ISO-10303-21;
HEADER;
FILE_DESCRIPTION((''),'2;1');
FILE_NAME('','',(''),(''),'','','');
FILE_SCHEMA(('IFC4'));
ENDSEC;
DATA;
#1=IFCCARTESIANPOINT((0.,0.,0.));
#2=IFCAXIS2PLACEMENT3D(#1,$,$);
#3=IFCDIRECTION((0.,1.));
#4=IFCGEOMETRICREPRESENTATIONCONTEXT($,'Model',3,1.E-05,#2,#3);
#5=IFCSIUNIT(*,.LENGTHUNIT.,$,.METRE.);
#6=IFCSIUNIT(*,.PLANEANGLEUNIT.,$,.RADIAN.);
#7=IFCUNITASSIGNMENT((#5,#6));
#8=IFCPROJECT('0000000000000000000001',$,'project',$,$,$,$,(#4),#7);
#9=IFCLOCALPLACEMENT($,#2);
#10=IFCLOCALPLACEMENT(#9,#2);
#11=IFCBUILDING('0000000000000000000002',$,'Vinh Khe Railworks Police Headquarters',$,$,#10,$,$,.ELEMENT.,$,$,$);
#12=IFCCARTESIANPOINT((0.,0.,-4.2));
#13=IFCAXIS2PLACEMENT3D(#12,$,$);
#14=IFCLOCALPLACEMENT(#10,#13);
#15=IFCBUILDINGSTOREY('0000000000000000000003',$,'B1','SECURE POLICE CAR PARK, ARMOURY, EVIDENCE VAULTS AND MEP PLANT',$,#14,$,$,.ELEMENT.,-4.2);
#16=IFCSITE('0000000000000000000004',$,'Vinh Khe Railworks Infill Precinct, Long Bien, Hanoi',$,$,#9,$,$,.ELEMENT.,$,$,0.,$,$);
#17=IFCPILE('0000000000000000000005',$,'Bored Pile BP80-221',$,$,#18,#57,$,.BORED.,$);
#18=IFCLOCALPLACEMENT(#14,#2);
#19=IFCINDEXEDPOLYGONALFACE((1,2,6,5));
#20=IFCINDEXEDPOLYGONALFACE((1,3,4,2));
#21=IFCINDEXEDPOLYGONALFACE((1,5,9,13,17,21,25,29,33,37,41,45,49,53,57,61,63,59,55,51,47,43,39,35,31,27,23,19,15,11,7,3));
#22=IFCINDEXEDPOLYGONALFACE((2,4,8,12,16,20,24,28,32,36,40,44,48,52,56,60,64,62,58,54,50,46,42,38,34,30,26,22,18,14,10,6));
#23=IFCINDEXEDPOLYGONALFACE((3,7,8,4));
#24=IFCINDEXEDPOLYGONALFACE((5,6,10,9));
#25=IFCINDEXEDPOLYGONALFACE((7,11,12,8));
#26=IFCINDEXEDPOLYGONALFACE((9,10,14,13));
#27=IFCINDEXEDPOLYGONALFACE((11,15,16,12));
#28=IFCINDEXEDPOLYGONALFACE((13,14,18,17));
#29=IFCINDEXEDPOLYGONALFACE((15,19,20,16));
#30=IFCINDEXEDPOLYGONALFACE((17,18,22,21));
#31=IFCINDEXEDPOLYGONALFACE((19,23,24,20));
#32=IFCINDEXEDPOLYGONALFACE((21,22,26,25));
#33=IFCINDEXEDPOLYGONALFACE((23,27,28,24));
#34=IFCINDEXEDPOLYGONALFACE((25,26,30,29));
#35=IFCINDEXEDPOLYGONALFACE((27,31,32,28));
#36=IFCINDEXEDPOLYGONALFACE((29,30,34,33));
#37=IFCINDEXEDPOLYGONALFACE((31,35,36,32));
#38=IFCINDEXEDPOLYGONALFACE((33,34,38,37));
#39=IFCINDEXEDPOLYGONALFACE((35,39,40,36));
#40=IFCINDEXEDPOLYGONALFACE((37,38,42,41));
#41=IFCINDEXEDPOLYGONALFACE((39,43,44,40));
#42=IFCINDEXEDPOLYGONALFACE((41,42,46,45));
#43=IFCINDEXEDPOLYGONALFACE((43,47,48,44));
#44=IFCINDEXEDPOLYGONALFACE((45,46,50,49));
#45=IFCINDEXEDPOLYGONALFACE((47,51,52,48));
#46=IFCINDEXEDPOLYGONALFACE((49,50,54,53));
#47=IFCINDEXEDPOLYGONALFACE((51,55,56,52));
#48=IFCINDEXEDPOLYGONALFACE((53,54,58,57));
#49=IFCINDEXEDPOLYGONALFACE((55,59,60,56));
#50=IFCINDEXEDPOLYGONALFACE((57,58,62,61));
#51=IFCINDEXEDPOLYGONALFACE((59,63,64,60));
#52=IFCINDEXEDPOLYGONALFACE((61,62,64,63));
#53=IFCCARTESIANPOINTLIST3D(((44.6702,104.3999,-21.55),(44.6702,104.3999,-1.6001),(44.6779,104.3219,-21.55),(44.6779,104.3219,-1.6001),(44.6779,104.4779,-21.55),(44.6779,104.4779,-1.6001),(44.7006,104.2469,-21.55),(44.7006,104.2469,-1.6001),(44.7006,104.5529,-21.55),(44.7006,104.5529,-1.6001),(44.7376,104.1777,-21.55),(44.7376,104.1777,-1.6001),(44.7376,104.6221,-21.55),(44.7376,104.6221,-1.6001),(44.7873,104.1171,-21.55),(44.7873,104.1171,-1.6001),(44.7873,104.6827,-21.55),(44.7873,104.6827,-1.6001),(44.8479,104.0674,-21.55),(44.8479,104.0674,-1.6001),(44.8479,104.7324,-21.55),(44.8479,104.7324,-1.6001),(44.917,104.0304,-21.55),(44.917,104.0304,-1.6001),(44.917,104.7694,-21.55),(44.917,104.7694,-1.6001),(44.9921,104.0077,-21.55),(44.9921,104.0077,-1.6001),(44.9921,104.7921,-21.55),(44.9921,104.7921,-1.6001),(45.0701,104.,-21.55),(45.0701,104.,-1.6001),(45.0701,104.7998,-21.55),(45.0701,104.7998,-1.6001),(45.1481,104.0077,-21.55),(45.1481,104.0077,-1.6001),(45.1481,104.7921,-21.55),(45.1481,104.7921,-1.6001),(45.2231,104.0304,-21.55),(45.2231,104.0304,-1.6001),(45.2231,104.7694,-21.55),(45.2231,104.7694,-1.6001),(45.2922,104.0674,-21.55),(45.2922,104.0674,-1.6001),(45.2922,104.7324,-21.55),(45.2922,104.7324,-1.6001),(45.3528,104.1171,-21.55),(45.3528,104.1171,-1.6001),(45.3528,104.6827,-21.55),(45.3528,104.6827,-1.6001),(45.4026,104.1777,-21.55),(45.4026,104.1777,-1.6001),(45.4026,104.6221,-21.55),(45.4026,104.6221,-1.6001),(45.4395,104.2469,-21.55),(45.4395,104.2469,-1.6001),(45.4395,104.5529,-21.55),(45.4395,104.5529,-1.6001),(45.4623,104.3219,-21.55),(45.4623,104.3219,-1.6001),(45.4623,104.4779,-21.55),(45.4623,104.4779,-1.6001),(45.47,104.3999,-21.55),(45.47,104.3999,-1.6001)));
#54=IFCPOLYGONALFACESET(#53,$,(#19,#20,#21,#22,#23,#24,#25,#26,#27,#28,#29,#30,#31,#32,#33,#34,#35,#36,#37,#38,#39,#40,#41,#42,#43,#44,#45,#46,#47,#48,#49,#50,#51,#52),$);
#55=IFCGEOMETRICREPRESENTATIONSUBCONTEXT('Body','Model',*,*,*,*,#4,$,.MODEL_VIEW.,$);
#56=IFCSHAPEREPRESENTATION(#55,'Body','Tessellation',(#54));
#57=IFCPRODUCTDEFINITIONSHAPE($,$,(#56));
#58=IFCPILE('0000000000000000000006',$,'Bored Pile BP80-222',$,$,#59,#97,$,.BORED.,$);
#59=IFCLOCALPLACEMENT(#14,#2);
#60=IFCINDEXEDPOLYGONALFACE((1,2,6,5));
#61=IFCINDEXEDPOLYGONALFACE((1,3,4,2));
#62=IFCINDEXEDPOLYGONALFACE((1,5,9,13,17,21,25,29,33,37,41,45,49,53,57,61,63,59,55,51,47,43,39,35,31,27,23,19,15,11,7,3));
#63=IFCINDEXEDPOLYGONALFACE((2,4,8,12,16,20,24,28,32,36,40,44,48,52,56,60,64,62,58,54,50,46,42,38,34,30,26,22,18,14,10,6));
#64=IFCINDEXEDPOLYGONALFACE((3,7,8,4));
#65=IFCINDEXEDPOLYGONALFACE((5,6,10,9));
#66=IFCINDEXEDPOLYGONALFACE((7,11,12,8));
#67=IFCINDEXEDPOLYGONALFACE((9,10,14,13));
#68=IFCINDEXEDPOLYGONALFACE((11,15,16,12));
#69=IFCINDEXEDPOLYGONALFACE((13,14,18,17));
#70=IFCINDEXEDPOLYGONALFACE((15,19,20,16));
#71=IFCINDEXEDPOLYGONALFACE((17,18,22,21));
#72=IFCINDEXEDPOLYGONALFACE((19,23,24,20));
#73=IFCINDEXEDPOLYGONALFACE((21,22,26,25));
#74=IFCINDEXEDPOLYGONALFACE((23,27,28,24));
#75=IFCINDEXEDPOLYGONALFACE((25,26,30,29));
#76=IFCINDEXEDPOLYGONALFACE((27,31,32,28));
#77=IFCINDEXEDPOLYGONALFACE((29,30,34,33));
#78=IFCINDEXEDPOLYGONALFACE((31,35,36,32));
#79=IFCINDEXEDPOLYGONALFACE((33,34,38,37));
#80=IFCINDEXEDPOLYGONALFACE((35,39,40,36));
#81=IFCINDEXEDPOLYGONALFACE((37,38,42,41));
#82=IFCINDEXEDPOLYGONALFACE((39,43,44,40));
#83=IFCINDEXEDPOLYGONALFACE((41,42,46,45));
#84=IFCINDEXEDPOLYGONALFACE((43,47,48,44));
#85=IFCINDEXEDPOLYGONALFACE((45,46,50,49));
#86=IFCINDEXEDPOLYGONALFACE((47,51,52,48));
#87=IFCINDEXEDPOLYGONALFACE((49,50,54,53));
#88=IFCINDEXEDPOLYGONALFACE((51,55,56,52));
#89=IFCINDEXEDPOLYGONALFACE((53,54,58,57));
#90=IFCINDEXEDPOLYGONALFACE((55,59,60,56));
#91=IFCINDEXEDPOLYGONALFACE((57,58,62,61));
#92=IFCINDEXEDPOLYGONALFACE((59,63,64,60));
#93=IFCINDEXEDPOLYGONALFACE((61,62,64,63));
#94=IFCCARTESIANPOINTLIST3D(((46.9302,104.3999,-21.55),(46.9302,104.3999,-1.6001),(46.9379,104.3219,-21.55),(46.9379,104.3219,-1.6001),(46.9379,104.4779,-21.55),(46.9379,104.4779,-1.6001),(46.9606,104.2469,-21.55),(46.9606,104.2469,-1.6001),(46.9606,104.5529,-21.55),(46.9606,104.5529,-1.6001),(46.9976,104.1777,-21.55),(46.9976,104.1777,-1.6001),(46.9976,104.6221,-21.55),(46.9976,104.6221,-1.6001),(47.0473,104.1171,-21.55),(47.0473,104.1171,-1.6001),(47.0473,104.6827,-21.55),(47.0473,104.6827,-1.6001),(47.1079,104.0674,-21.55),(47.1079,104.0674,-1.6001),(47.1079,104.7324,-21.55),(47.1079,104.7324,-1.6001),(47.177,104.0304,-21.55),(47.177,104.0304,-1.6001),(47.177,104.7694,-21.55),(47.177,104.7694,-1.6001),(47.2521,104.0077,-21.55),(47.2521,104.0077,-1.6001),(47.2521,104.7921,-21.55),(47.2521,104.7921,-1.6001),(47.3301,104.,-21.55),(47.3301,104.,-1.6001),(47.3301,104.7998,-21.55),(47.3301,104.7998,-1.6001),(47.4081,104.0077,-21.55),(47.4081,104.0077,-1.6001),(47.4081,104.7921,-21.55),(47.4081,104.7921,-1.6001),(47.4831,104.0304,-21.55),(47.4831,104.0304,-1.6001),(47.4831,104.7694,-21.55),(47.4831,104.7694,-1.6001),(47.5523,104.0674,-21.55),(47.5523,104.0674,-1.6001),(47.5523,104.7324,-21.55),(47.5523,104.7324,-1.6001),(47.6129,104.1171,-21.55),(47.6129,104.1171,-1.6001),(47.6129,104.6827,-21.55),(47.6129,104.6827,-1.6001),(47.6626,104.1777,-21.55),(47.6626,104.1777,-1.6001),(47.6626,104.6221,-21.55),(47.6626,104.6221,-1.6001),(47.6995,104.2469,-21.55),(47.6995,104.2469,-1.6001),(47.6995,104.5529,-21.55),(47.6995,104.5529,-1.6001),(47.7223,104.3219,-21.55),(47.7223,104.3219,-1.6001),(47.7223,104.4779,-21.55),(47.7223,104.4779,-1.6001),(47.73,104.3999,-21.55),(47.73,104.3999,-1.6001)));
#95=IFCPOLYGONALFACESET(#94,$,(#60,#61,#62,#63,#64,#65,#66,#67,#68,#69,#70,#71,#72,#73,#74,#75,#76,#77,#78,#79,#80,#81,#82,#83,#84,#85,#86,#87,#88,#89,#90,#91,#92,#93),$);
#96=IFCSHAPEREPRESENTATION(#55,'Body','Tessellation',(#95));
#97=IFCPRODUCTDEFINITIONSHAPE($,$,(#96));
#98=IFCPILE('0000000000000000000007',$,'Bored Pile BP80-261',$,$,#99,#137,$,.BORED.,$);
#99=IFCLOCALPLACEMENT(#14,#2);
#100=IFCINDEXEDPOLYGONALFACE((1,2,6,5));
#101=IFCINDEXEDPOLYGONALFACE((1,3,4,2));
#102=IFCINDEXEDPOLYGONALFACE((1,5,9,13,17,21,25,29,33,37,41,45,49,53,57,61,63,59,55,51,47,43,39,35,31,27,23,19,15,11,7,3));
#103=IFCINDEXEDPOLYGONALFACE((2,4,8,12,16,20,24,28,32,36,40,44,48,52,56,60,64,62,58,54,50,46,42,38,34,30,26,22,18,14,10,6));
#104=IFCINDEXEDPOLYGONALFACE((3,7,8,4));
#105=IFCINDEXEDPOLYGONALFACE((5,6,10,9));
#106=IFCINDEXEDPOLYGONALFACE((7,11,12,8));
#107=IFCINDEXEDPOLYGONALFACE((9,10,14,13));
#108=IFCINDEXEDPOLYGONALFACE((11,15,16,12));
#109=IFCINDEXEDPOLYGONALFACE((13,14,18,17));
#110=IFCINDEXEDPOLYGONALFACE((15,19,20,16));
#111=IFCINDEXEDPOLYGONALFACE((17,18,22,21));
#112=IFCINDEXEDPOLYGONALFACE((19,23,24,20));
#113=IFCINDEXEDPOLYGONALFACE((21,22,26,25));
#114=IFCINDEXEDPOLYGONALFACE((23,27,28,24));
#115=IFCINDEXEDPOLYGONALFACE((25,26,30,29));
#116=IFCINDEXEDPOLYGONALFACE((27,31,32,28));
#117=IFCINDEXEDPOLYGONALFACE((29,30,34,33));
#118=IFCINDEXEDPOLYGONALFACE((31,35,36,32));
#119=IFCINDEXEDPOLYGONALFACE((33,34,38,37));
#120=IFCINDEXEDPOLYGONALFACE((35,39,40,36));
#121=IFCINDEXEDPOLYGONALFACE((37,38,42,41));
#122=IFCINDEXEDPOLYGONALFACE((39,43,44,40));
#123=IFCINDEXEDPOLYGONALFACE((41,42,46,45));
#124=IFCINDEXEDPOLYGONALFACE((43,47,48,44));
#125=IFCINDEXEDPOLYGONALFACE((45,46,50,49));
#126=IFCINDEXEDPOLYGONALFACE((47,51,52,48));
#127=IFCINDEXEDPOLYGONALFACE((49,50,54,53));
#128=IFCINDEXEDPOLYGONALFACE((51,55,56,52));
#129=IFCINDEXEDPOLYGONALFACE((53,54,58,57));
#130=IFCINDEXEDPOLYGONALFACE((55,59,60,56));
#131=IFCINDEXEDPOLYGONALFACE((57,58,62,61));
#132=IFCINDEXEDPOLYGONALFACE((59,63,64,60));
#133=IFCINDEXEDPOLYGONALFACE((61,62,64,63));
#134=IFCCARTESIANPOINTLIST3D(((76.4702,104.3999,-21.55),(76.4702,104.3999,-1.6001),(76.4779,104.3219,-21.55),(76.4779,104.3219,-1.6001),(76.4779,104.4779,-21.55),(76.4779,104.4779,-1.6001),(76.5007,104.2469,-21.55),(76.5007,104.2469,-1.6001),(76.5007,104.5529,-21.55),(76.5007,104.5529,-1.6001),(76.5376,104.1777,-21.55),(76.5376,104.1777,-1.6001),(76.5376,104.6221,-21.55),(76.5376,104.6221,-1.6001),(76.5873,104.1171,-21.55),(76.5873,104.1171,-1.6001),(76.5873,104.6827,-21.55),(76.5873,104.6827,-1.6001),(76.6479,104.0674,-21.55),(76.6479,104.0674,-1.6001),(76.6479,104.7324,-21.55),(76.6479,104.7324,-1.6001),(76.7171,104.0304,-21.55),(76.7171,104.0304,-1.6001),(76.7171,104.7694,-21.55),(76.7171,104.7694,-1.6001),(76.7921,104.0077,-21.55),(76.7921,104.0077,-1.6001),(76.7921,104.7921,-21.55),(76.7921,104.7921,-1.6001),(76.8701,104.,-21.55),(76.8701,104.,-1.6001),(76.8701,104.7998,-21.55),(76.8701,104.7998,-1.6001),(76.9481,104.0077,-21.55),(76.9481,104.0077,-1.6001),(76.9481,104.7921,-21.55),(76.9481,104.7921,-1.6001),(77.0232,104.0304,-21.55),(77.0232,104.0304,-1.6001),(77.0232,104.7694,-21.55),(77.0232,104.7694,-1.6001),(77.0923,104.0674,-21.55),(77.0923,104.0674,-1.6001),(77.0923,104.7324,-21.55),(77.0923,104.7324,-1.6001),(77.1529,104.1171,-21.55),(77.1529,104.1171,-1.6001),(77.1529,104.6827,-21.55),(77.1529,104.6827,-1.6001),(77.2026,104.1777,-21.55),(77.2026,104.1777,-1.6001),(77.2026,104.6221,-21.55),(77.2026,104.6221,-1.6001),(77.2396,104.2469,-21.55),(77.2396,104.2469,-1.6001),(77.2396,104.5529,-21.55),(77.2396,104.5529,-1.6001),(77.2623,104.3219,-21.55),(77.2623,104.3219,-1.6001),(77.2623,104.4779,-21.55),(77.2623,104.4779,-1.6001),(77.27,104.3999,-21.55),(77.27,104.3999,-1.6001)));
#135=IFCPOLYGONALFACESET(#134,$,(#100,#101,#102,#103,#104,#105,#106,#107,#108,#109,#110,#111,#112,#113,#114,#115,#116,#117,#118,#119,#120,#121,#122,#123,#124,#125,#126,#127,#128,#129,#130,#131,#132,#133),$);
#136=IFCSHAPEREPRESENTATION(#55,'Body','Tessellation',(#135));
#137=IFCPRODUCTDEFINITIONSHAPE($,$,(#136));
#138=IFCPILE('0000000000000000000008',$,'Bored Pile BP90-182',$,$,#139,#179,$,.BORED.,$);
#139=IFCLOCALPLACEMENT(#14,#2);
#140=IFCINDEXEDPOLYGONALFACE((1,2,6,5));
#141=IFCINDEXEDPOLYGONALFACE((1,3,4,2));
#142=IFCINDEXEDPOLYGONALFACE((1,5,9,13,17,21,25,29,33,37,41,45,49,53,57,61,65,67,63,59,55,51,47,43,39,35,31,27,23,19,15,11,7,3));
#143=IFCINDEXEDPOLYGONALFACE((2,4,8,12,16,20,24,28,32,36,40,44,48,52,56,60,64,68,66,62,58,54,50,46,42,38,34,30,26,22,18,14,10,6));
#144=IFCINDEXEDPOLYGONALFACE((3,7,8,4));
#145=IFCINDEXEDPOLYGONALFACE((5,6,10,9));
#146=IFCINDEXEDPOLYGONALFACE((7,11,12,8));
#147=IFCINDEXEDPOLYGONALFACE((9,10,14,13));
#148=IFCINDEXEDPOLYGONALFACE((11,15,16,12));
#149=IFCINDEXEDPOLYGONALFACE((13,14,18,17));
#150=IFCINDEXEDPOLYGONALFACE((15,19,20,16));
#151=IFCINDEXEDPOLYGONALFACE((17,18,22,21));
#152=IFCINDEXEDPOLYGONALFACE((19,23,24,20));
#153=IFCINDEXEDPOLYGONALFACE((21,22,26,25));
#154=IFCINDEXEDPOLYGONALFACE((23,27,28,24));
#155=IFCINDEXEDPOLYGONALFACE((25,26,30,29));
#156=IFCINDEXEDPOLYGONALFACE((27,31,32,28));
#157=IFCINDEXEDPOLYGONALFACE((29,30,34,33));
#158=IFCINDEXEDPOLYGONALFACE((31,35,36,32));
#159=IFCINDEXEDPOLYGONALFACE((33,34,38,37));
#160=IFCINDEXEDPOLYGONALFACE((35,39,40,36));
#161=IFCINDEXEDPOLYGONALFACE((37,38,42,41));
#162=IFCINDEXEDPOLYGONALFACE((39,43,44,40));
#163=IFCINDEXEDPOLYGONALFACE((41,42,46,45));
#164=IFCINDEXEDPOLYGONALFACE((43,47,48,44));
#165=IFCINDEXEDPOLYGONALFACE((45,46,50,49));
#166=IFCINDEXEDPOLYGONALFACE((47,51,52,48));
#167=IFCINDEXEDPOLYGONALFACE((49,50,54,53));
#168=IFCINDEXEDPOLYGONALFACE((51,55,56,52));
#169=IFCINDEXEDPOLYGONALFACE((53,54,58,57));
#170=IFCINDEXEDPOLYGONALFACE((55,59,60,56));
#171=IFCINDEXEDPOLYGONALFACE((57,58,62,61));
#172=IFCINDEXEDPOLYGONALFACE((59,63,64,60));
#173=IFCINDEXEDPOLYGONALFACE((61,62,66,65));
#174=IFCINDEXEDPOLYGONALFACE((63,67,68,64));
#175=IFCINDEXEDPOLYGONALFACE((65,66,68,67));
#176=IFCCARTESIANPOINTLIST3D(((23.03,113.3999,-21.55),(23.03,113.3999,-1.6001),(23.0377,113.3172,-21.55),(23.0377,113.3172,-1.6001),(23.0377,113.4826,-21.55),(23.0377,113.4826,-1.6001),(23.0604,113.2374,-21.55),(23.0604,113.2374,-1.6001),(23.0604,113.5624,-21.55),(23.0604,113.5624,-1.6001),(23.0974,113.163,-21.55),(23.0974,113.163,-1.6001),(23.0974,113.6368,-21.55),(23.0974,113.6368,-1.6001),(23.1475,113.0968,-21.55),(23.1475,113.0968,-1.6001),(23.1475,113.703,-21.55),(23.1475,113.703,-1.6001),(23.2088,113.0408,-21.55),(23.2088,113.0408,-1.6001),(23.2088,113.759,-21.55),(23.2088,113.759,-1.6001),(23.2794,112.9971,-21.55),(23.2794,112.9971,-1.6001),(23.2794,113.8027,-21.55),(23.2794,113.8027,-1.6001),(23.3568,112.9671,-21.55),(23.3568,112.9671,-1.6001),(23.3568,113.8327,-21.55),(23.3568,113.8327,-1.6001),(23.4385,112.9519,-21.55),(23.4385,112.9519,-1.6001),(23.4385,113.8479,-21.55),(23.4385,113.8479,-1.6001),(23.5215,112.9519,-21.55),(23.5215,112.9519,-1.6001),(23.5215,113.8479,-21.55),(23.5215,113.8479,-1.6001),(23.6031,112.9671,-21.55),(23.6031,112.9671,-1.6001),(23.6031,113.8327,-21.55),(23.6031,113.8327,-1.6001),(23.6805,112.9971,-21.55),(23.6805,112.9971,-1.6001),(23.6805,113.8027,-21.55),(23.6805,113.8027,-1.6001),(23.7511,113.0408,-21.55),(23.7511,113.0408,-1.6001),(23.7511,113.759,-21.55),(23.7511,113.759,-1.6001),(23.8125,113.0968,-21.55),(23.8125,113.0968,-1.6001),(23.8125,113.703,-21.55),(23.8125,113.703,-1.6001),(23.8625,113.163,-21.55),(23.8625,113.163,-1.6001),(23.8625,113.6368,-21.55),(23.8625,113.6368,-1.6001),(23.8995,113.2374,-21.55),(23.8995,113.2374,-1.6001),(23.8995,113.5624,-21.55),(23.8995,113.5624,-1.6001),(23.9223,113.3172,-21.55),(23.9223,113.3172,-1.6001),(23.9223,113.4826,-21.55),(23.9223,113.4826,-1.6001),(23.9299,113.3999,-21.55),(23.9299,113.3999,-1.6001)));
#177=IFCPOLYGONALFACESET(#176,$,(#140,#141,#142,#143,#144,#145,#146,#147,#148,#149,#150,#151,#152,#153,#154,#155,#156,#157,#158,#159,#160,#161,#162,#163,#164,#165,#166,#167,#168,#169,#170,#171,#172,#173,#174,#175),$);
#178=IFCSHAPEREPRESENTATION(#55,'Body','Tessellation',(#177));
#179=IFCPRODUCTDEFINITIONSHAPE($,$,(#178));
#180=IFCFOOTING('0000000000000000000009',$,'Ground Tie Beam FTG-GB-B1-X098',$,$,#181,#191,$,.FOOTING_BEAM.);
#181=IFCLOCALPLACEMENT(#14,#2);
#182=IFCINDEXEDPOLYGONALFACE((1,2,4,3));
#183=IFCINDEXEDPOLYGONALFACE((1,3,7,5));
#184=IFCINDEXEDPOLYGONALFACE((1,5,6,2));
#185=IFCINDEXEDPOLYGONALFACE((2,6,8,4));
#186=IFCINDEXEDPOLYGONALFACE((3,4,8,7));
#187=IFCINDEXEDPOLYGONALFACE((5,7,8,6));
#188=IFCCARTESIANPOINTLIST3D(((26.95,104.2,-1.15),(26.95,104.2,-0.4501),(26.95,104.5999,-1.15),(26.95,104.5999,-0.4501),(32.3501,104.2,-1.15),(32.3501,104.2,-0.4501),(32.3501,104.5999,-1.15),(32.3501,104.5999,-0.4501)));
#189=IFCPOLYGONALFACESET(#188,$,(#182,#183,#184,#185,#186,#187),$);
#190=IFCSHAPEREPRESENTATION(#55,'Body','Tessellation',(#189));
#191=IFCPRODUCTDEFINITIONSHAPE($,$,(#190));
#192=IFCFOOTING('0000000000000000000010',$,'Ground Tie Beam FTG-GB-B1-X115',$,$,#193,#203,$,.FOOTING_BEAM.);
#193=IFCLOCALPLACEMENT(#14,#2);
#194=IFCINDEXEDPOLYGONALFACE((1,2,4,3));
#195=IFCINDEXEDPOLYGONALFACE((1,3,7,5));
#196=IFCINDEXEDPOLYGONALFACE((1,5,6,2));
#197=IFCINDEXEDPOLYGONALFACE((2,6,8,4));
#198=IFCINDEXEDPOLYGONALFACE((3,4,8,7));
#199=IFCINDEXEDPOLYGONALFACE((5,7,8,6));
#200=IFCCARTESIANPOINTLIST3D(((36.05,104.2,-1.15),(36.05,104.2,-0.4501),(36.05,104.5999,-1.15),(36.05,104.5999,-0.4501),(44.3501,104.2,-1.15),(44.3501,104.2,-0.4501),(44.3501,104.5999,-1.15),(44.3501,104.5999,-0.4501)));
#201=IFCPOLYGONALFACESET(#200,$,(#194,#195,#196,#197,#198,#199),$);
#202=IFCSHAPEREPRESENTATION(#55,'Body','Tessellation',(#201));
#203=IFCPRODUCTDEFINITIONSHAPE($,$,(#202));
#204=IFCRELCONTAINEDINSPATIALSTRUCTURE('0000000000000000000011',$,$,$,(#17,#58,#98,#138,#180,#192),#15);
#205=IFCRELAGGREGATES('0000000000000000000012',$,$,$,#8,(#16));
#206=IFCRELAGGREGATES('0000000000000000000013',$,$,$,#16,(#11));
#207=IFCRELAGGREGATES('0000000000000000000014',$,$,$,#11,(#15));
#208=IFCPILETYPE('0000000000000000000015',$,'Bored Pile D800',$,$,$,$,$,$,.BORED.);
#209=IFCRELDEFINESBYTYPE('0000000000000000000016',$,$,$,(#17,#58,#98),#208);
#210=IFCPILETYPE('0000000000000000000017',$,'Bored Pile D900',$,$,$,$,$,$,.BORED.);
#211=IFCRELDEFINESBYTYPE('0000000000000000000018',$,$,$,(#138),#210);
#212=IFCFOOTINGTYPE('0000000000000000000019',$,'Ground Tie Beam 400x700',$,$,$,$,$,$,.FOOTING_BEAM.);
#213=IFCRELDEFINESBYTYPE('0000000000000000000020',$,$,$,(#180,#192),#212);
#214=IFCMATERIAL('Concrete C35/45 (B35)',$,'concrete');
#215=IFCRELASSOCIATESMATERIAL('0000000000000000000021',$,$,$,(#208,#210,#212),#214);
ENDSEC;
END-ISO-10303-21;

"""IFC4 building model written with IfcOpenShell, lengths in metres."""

from ifc_helpers import new_model, si_unit, direction, frame, origin, origin_2d, place, context, subcontext, project, spatial, rectangle, circle, extrude, material, material_profile, profile_set, type_object, element, save


model = new_model("IFC4")

# Units and contexts
model_context = context("Model", 3, precision=1e-05, world=origin(), true_north=direction((0.0, 1.0)))
body_context = subcontext(model_context, "Body", "Model", "MODEL_VIEW")
ifc_project = project(units=[si_unit("LENGTHUNIT", "METRE"), si_unit("PLANEANGLEUNIT", "RADIAN")], contexts=[model_context])

# Site, building, storey
site_placement = place(None, origin())
site = spatial("IfcSite", under=ifc_project, at=site_placement, Name="Vinh Khe Railworks Infill Precinct, Long Bien, Hanoi", CompositionType="ELEMENT", RefElevation=0.0)
building_placement = place(site_placement, origin())
building = spatial("IfcBuilding", under=site, at=building_placement, Name="Vinh Khe Railworks Police Headquarters", CompositionType="ELEMENT")
storey_placement = place(building_placement, frame((0.0, 0.0, -4.2)))
storey = spatial("IfcBuildingStorey", under=building, at=storey_placement, Name="B1", Description="SECURE POLICE CAR PARK, ARMOURY, EVIDENCE VAULTS AND MEP PLANT", CompositionType="ELEMENT", Elevation=-4.2)

# Piles
ifc_material_1 = material(Name="Concrete C35/45 (B35)", Category="concrete")
ifc_material_profile_1 = material_profile(ifc_material_1, circle(Radius=0.3999, at=origin_2d()), Name="BORED PILE D800")
ifc_profile_set_1 = profile_set([ifc_material_profile_1], Name="Concrete C35/45 (B35)")
pile_type_1 = type_object("IfcPileType", Name="Bored Pile D800", PredefinedType="BORED", material=ifc_profile_set_1)
for number, where, z_axis, x_axis, name in (
    (1, (45.0701, 104.3999, -1.6001), (0.0, 0.0, -1.0), (1.0, 0.0, 0.0), "Bored Pile BP80-221"),
    (2, (47.3301, 104.3999, -1.6001), (0.0, 0.0, -1.0), (1.0, 0.0, 0.0), "Bored Pile BP80-222"),
    (3, (76.8701, 104.3999, -1.6001), (0.0, 0.0, -1.0), (1.0, 0.0, 0.0), "Bored Pile BP80-261"),
):
    element("IfcPile", number, at=place(storey_placement, frame(where, z_axis=z_axis, x_axis=x_axis)), inside=storey, type_object=pile_type_1, Name=name, PredefinedType="BORED", context=body_context, shape_type="SweptSolid", body=[
        extrude(circle(Radius=0.3999, at=origin_2d()), origin(), (0.0, 0.0, 1.0), 19.95),
    ])
ifc_material_profile_2 = material_profile(ifc_material_1, circle(Radius=0.45, at=origin_2d()), Name="BORED PILE D900")
ifc_profile_set_2 = profile_set([ifc_material_profile_2], Name="Concrete C35/45 (B35)")
pile_type_2 = type_object("IfcPileType", Name="Bored Pile D900", PredefinedType="BORED", material=ifc_profile_set_2)
pile_placement = place(storey_placement, frame((23.48, 113.3999, -1.6001), z_axis=(0.0, 0.0, -1.0), x_axis=(1.0, 0.0, 0.0)))
element("IfcPile", 4, at=pile_placement, inside=storey, type_object=pile_type_2, Name="Bored Pile BP90-182", PredefinedType="BORED", context=body_context, shape_type="SweptSolid", body=[
    extrude(circle(Radius=0.45, at=origin_2d()), origin(), (0.0, 0.0, 1.0), 19.95),
])

# Footings
ifc_material_profile_3 = material_profile(ifc_material_1, rectangle(XDim=0.3999, YDim=0.7, at=origin_2d()), Name="RC 400x700")
ifc_profile_set_3 = profile_set([ifc_material_profile_3], Name="Concrete C35/45 (B35)")
footing_type_1 = type_object("IfcFootingType", Name="Ground Tie Beam 400x700", PredefinedType="FOOTING_BEAM", material=ifc_profile_set_3)
footing_1_placement = place(storey_placement, frame((26.95, 104.3999, -0.8), z_axis=(1.0, 0.0, 0.0), x_axis=(0.0, 1.0, 0.0)))
element("IfcFooting", 5, at=footing_1_placement, inside=storey, type_object=footing_type_1, Name="Ground Tie Beam FTG-GB-B1-X098", PredefinedType="FOOTING_BEAM", context=body_context, shape_type="SweptSolid", body=[
    extrude(rectangle(XDim=0.3999, YDim=0.7, at=origin_2d()), origin(), (0.0, 0.0, 1.0), 5.4001),
])
footing_2_placement = place(storey_placement, frame((36.05, 104.3999, -0.8), z_axis=(1.0, 0.0, 0.0), x_axis=(0.0, 1.0, 0.0)))
element("IfcFooting", 6, at=footing_2_placement, inside=storey, type_object=footing_type_1, Name="Ground Tie Beam FTG-GB-B1-X115", PredefinedType="FOOTING_BEAM", context=body_context, shape_type="SweptSolid", body=[
    extrude(rectangle(XDim=0.3999, YDim=0.7, at=origin_2d()), origin(), (0.0, 0.0, 1.0), 8.3),
])

save(model, "model.ifc")
